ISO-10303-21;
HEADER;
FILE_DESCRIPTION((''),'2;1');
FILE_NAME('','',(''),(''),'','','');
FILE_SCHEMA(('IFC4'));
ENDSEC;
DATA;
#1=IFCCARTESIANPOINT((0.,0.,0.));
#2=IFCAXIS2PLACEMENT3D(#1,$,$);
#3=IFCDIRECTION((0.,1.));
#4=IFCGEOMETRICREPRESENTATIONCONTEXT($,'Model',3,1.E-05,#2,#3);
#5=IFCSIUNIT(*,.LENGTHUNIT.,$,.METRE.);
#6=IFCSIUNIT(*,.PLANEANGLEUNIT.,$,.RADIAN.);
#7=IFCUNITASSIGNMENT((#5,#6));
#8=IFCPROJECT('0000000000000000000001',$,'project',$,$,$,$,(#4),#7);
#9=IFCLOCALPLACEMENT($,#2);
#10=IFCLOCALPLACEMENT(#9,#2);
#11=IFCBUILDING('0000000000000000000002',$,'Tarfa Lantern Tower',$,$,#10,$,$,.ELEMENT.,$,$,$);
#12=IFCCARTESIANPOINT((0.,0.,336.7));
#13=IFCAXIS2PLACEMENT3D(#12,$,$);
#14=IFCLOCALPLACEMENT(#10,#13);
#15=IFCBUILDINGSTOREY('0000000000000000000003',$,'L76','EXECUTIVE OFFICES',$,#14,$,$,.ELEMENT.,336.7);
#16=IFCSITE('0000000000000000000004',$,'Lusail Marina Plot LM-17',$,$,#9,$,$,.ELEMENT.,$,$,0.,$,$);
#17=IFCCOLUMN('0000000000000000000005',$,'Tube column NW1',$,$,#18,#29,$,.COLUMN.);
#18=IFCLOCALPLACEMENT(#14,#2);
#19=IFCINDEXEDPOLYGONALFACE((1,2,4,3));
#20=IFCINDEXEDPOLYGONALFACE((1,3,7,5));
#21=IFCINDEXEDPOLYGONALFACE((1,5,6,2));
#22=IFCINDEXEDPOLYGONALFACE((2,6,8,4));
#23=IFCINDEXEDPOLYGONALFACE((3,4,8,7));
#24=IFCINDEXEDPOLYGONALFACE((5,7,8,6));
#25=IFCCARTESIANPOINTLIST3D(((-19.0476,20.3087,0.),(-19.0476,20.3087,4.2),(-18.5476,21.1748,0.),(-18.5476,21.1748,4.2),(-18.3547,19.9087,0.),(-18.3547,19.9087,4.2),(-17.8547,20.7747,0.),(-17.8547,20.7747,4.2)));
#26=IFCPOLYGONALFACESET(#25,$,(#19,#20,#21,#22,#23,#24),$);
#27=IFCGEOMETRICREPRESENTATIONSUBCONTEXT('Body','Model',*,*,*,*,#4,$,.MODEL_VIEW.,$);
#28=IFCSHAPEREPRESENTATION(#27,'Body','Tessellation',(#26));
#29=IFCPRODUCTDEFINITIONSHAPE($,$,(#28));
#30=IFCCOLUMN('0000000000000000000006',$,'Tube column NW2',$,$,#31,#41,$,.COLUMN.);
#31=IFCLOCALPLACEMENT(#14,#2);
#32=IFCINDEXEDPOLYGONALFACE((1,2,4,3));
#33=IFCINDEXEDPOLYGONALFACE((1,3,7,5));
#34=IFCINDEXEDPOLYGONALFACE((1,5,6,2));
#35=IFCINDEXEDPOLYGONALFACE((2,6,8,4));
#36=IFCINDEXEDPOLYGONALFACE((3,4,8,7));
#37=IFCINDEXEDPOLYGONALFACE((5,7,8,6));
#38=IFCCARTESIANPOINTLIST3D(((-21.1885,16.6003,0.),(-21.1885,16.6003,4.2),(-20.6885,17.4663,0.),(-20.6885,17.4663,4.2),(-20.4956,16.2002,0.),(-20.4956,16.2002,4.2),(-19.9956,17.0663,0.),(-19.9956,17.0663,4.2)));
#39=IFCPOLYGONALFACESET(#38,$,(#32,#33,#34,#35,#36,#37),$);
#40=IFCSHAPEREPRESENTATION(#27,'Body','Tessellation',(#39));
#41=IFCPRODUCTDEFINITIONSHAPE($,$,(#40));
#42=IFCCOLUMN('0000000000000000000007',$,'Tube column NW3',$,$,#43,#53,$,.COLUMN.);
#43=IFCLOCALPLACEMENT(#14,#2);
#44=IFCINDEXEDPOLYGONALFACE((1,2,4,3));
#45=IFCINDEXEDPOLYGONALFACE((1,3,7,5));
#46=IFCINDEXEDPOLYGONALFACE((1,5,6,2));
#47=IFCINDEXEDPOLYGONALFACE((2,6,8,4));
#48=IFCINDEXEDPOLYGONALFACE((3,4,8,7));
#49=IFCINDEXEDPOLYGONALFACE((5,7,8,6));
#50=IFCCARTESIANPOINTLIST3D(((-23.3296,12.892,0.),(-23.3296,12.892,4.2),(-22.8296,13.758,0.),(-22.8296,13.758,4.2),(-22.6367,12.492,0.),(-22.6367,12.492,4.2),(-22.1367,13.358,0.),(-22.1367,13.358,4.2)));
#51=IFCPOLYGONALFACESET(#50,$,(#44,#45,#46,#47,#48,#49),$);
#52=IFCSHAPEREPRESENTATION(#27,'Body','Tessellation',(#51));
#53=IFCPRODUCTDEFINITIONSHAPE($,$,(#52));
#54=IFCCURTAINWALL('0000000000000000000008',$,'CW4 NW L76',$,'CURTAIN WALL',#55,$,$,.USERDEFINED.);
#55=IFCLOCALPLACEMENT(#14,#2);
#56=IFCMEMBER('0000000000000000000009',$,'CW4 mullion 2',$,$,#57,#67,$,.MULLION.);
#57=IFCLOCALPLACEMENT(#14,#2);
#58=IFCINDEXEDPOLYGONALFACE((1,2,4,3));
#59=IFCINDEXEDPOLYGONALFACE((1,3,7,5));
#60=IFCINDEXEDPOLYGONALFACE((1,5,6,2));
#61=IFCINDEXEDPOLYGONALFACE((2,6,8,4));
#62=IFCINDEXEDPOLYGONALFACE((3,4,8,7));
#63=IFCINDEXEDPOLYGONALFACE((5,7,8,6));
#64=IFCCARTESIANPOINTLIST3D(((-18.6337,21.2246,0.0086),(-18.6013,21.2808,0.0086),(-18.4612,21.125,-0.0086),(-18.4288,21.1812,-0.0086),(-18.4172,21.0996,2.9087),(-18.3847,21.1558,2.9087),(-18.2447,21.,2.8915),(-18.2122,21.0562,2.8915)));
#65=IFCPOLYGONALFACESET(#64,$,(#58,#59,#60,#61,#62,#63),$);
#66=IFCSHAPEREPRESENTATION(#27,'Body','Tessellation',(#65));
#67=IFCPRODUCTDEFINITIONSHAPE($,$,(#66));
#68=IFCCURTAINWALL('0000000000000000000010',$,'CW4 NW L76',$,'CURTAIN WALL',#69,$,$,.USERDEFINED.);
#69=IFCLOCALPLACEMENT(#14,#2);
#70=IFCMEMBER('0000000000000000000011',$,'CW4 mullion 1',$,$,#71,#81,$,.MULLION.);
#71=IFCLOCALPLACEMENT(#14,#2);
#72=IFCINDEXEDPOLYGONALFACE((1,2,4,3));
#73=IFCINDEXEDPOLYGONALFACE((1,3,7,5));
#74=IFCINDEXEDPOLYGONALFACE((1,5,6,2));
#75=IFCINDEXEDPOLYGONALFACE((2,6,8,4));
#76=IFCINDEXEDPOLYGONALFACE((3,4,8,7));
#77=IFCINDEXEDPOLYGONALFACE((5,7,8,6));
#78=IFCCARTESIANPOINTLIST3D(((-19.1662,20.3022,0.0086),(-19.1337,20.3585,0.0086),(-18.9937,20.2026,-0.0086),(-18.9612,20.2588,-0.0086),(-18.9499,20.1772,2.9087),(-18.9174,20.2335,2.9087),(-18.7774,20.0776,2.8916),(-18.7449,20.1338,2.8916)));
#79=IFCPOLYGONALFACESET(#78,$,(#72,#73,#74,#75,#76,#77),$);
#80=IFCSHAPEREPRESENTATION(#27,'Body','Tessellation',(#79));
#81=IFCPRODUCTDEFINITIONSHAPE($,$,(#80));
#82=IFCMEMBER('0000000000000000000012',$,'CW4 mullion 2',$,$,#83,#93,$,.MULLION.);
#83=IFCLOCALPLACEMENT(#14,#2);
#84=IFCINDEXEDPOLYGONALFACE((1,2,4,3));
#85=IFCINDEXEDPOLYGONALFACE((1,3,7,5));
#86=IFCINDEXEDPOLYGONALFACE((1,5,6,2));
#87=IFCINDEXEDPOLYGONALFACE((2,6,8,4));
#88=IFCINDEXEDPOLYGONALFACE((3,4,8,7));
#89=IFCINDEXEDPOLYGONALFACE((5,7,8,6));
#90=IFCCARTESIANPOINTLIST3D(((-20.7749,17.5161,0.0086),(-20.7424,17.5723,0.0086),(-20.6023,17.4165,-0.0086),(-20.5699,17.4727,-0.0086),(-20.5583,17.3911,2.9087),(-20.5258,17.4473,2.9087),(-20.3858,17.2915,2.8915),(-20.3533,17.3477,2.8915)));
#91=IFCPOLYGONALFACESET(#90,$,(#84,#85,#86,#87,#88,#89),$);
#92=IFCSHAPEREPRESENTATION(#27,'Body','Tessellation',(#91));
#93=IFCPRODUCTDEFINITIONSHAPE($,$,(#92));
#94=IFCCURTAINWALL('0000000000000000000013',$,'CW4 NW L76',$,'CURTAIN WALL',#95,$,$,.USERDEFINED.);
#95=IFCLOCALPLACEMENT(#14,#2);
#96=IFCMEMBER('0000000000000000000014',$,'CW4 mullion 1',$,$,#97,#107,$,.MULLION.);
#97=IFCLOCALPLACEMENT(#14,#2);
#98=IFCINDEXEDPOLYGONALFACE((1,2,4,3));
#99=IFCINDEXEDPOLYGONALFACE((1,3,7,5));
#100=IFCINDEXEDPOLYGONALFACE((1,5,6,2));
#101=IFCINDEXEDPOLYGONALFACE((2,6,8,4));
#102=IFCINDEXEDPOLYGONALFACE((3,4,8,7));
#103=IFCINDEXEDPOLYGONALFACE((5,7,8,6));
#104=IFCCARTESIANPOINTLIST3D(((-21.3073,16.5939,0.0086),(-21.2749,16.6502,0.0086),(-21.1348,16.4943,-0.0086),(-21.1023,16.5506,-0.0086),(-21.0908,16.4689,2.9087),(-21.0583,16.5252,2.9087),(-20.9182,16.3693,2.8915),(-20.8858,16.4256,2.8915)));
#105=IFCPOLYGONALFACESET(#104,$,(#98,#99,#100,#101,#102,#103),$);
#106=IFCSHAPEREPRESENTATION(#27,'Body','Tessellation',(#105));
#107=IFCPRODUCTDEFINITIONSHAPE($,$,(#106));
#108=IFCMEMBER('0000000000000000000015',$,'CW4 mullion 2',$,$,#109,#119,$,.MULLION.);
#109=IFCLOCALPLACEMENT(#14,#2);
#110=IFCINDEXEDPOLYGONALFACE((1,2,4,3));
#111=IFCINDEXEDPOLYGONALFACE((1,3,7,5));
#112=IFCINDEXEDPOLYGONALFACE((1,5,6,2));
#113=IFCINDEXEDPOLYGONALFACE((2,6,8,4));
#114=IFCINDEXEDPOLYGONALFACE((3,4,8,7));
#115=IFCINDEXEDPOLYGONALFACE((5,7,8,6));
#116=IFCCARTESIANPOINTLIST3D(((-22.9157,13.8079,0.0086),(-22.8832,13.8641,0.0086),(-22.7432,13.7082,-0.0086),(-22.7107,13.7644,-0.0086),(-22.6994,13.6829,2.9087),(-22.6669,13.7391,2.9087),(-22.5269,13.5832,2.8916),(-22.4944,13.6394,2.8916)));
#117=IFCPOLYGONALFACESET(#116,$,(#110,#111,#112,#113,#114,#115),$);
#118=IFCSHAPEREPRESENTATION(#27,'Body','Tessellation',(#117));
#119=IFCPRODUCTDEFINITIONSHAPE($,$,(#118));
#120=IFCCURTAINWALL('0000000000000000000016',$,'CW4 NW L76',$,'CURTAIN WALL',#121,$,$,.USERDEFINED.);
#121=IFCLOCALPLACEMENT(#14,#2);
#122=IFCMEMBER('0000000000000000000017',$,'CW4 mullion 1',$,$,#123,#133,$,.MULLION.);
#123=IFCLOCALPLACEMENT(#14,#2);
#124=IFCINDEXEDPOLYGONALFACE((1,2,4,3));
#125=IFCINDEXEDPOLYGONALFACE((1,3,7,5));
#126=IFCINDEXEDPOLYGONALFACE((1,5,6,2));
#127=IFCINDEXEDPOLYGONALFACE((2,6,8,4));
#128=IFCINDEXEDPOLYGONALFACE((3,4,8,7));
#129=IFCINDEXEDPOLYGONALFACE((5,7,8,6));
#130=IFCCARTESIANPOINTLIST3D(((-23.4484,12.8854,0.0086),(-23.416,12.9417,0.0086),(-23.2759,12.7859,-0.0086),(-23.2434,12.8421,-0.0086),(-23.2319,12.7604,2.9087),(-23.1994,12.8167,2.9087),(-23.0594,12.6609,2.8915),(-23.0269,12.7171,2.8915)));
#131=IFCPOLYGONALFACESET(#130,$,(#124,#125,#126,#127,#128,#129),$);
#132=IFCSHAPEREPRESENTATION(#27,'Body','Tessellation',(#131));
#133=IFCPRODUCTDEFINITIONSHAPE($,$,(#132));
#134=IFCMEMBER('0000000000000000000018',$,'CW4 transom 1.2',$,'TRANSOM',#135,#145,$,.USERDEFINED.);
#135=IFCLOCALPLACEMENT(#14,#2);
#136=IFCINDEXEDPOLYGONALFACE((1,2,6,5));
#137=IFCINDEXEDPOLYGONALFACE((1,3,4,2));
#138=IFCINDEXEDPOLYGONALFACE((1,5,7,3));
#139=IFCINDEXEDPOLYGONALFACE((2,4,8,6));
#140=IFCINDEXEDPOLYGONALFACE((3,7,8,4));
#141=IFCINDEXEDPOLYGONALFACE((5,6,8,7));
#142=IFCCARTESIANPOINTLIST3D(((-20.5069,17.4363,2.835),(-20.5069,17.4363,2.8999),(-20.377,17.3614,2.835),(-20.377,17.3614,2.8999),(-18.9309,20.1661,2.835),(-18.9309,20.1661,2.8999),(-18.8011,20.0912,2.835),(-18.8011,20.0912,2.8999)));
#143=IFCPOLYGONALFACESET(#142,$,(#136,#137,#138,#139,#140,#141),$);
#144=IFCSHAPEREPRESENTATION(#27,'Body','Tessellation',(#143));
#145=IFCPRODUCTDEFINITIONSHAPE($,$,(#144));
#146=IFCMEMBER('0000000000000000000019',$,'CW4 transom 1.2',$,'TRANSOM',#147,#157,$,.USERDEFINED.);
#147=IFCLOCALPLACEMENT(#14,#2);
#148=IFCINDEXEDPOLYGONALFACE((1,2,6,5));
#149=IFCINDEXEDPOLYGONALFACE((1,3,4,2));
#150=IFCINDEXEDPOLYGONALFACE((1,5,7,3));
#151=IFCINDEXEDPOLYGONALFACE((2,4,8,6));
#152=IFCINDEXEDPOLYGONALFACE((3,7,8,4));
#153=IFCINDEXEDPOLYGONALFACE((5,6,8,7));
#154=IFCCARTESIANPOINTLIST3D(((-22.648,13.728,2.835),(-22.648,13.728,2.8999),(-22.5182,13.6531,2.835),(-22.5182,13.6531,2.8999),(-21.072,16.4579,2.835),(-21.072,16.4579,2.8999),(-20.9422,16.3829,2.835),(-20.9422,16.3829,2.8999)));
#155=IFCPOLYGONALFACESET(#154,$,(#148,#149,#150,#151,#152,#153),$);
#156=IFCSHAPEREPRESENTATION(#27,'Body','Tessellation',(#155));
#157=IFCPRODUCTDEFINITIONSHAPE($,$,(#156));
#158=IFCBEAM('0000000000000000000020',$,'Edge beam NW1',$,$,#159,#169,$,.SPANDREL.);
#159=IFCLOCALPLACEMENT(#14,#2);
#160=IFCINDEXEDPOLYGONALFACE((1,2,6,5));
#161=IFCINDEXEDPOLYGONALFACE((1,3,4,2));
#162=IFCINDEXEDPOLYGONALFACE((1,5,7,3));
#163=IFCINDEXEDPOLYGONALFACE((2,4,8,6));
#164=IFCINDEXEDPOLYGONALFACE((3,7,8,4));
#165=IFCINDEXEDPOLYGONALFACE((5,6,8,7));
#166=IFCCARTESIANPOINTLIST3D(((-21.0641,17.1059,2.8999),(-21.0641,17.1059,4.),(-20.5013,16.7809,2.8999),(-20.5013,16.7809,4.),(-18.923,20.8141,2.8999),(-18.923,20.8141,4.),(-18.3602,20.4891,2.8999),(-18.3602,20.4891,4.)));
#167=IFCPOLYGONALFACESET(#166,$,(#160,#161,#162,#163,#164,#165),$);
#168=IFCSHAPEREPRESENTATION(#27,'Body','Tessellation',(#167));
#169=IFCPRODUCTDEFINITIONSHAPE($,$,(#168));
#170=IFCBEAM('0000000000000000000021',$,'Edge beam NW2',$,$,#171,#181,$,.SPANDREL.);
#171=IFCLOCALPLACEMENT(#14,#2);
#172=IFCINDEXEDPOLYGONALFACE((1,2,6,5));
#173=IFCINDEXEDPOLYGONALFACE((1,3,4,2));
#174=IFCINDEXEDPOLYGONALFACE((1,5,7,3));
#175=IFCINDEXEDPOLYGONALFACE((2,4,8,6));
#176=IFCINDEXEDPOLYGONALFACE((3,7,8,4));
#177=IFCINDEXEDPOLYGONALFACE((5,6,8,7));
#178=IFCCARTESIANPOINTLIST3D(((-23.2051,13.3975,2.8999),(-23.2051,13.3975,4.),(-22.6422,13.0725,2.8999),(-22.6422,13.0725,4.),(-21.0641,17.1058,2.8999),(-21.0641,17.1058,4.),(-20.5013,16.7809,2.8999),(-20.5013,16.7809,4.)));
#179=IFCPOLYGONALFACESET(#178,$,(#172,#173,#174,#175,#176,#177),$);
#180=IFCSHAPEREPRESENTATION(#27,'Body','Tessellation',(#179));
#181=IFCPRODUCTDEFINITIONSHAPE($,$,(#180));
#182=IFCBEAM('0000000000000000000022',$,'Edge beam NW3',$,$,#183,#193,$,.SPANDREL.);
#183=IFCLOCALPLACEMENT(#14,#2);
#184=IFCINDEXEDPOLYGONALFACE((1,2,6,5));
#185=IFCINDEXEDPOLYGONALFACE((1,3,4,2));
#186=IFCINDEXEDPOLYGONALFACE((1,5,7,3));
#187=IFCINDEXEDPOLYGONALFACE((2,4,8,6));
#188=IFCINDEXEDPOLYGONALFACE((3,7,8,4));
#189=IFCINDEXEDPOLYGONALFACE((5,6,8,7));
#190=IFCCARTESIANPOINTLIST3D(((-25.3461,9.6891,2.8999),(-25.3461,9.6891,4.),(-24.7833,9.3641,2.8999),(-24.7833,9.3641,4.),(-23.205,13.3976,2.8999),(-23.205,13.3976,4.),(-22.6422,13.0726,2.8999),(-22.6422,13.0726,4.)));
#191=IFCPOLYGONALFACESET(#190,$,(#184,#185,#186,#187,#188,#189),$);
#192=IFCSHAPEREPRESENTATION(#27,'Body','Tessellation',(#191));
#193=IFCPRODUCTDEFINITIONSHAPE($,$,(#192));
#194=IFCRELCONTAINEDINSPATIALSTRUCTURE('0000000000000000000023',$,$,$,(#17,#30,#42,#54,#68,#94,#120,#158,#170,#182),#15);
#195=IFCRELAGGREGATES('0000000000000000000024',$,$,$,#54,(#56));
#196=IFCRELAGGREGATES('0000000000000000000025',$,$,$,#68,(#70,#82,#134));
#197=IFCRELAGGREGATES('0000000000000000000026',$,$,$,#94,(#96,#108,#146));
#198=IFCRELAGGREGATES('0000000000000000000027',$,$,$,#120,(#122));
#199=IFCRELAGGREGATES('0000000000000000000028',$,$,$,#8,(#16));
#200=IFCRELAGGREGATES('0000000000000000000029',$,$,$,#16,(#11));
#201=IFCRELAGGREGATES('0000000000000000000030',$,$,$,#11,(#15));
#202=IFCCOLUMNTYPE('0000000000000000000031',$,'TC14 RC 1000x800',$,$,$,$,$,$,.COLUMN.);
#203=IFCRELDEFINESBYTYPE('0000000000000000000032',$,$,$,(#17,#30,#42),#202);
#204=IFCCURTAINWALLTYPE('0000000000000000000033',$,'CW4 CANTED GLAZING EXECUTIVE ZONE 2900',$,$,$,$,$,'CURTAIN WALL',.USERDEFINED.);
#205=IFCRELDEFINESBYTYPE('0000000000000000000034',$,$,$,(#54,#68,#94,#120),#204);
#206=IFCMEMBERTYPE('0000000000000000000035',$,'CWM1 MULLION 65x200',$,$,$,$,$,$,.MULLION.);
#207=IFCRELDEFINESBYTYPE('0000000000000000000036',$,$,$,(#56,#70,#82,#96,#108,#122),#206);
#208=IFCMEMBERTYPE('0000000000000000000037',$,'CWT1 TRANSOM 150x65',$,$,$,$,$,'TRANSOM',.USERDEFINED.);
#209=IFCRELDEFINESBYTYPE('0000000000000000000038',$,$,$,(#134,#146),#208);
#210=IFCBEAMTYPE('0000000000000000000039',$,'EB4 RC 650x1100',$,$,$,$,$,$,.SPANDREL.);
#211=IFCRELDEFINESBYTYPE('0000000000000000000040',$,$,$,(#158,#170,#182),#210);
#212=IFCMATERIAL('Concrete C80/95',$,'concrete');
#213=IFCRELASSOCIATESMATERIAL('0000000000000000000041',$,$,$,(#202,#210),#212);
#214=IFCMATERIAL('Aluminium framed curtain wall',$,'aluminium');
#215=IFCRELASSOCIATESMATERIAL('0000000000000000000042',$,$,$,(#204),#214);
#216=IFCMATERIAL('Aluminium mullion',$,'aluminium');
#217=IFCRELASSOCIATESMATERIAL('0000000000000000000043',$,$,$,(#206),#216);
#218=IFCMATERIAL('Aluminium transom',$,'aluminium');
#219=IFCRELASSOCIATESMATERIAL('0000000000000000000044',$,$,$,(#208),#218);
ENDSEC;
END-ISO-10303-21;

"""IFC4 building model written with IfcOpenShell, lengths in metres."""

from ifc_helpers import new_model, si_unit, direction, frame, origin, origin_2d, place, context, subcontext, project, spatial, rectangle, extrude, material, material_profile, profile_set, type_object, element, aggregate, save


model = new_model("IFC4")

# Units and contexts
model_context = context("Model", 3, precision=1e-05, world=origin(), true_north=direction((0.0, 1.0)))
body_context = subcontext(model_context, "Body", "Model", "MODEL_VIEW")
ifc_project = project(units=[si_unit("LENGTHUNIT", "METRE"), si_unit("PLANEANGLEUNIT", "RADIAN")], contexts=[model_context])

# Site, building, storey
site_placement = place(None, origin())
site = spatial("IfcSite", under=ifc_project, at=site_placement, Name="Lusail Marina Plot LM-17", CompositionType="ELEMENT", RefElevation=0.0)
building_placement = place(site_placement, origin())
building = spatial("IfcBuilding", under=site, at=building_placement, Name="Tarfa Lantern Tower", CompositionType="ELEMENT")
storey_placement = place(building_placement, frame((0.0, 0.0, 336.7)))
storey = spatial("IfcBuildingStorey", under=building, at=storey_placement, Name="L76", Description="EXECUTIVE OFFICES", CompositionType="ELEMENT", Elevation=336.7)

# Columns
ifc_material_1 = material(Name="Concrete C80/95", Category="concrete")
ifc_material_profile_1 = material_profile(ifc_material_1, rectangle(XDim=1.0, YDim=0.8, at=origin_2d()), Name="RC 1000x800")
ifc_profile_set_1 = profile_set([ifc_material_profile_1], Name="Concrete C80/95")
column_type = type_object("IfcColumnType", Name="TC14 RC 1000x800", PredefinedType="COLUMN", material=ifc_profile_set_1)
for number, where, z_axis, x_axis, name in (
    (1, (-18.4512, 20.5417, 0.0), (0.0, 0.0, 1.0), (-0.5, -0.866025, 0.0), "Tube column NW1"),
    (2, (-20.592, 16.8333, 0.0), (0.0, 0.0, 1.0), (-0.5, -0.866025, 0.0), "Tube column NW2"),
    (3, (-22.7332, 13.125, 0.0), (0.0, 0.0, 1.0), (-0.5, -0.866025, 0.0), "Tube column NW3"),
):
    element("IfcColumn", number, at=place(storey_placement, frame(where, z_axis=z_axis, x_axis=x_axis)), inside=storey, type_object=column_type, Name=name, PredefinedType="COLUMN", context=body_context, shape_type="SweptSolid", body=[
        extrude(rectangle(XDim=1.0, YDim=0.8, at=origin_2d()), origin(), (0.0, 0.0, 1.0), 4.2),
    ])

# Curtain wall, member
ifc_material_2 = material(Name="Aluminium framed curtain wall", Category="aluminium")
curtain_wall_type = type_object("IfcCurtainWallType", Name="CW4 CANTED GLAZING EXECUTIVE ZONE 2900", ElementType="CURTAIN WALL", PredefinedType="USERDEFINED", material=ifc_material_2)
curtain_wall_1_placement = place(storey_placement, origin())
curtain_wall_1 = element("IfcCurtainWall", 4, at=curtain_wall_1_placement, inside=storey, type_object=curtain_wall_type, Name="CW4 NW L76", ObjectType="CURTAIN WALL", PredefinedType="USERDEFINED")
ifc_material_3 = material(Name="Aluminium mullion", Category="aluminium")
ifc_material_profile_2 = material_profile(ifc_material_3, rectangle(XDim=0.0649, YDim=0.2, at=origin_2d()), Name="AL MULLION 65x200")
ifc_profile_set_2 = profile_set([ifc_material_profile_2], Name="Aluminium mullion")
member_type_1 = type_object("IfcMemberType", Name="CWM1 MULLION 65x200", PredefinedType="MULLION", material=ifc_profile_set_2)
member_1_placement = place(storey_placement, frame((-18.5312, 21.2029, 0.0), z_axis=(0.074394, -0.042942, 0.996304), x_axis=(0.49992, 0.866072, 0.0)))
member_1 = element("IfcMember", 5, at=member_1_placement, type_object=member_type_1, Name="CW4 mullion 2", PredefinedType="MULLION", context=body_context, shape_type="SweptSolid", body=[
    extrude(rectangle(XDim=0.0649, YDim=0.2, at=origin_2d()), origin(), (0.0, 0.0, 1.0), 2.9109),
])
aggregate(curtain_wall_1, [member_1])

# Curtain walls, members
curtain_wall_2_placement = place(storey_placement, origin())
curtain_wall_2 = element("IfcCurtainWall", 6, at=curtain_wall_2_placement, inside=storey, type_object=curtain_wall_type, Name="CW4 NW L76", ObjectType="CURTAIN WALL", PredefinedType="USERDEFINED")
member_2_placement = place(storey_placement, frame((-19.0637, 20.2805, 0.0), z_axis=(0.07431, -0.042942, 0.99631), x_axis=(0.500343, 0.865827, 0.0)))
member_2 = element("IfcMember", 7, at=member_2_placement, type_object=member_type_1, Name="CW4 mullion 1", PredefinedType="MULLION", context=body_context, shape_type="SweptSolid", body=[
    extrude(rectangle(XDim=0.0649, YDim=0.2, at=origin_2d()), origin(), (0.0, 0.0, 1.0), 2.9109),
])
member_3_placement = place(storey_placement, frame((-20.6724, 17.4944, 0.0), z_axis=(0.074394, -0.042942, 0.996304), x_axis=(0.49992, 0.866072, 0.0)))
member_3 = element("IfcMember", 8, at=member_3_placement, type_object=member_type_1, Name="CW4 mullion 2", PredefinedType="MULLION", context=body_context, shape_type="SweptSolid", body=[
    extrude(rectangle(XDim=0.0649, YDim=0.2, at=origin_2d()), origin(), (0.0, 0.0, 1.0), 2.9109),
])
curtain_wall_3_placement = place(storey_placement, origin())
curtain_wall_3 = element("IfcCurtainWall", 9, at=curtain_wall_3_placement, inside=storey, type_object=curtain_wall_type, Name="CW4 NW L76", ObjectType="CURTAIN WALL", PredefinedType="USERDEFINED")
member_4_placement = place(storey_placement, frame((-21.2048, 16.5723, 0.0), z_axis=(0.074394, -0.042942, 0.996304), x_axis=(0.49992, 0.866072, 0.0)))
member_4 = element("IfcMember", 10, at=member_4_placement, type_object=member_type_1, Name="CW4 mullion 1", PredefinedType="MULLION", context=body_context, shape_type="SweptSolid", body=[
    extrude(rectangle(XDim=0.0649, YDim=0.2, at=origin_2d()), origin(), (0.0, 0.0, 1.0), 2.9109),
])
member_5_placement = place(storey_placement, frame((-22.8132, 13.7861, 0.0), z_axis=(0.07431, -0.042942, 0.99631), x_axis=(0.500343, 0.865827, 0.0)))
member_5 = element("IfcMember", 11, at=member_5_placement, type_object=member_type_1, Name="CW4 mullion 2", PredefinedType="MULLION", context=body_context, shape_type="SweptSolid", body=[
    extrude(rectangle(XDim=0.0649, YDim=0.2, at=origin_2d()), origin(), (0.0, 0.0, 1.0), 2.9109),
])

# Curtain wall, member
curtain_wall_4_placement = place(storey_placement, origin())
curtain_wall_4 = element("IfcCurtainWall", 12, at=curtain_wall_4_placement, inside=storey, type_object=curtain_wall_type, Name="CW4 NW L76", ObjectType="CURTAIN WALL", PredefinedType="USERDEFINED")
member_6_placement = place(storey_placement, frame((-23.3459, 12.8638, 0.0), z_axis=(0.074394, -0.042942, 0.996304), x_axis=(0.49992, 0.866072, 0.0)))
member_6 = element("IfcMember", 13, at=member_6_placement, type_object=member_type_1, Name="CW4 mullion 1", PredefinedType="MULLION", context=body_context, shape_type="SweptSolid", body=[
    extrude(rectangle(XDim=0.0649, YDim=0.2, at=origin_2d()), origin(), (0.0, 0.0, 1.0), 2.9109),
])

# Members
ifc_material_4 = material(Name="Aluminium transom", Category="aluminium")
ifc_material_profile_3 = material_profile(ifc_material_4, rectangle(XDim=0.1499, YDim=0.0649, at=origin_2d()), Name="AL TRANSOM 150x65")
ifc_profile_set_3 = profile_set([ifc_material_profile_3], Name="Aluminium transom")
member_type_2 = type_object("IfcMemberType", Name="CWT1 TRANSOM 150x65", ElementType="TRANSOM", PredefinedType="USERDEFINED", material=ifc_profile_set_3)
member_7_placement = place(storey_placement, frame((-18.866, 20.1287, 2.8674), z_axis=(-0.499979, -0.866037, 0.0), x_axis=(0.866037, -0.499979, 0.0)))
member_7 = element("IfcMember", 14, at=member_7_placement, type_object=member_type_2, Name="CW4 transom 1.2", ObjectType="TRANSOM", PredefinedType="USERDEFINED", context=body_context, shape_type="SweptSolid", body=[
    extrude(rectangle(XDim=0.1499, YDim=0.0649, at=origin_2d()), origin(), (0.0, 0.0, 1.0), 3.1521),
])
member_8_placement = place(storey_placement, frame((-21.0071, 16.4204, 2.8674), z_axis=(-0.499979, -0.866037, 0.0), x_axis=(0.866037, -0.499979, 0.0)))
member_8 = element("IfcMember", 15, at=member_8_placement, type_object=member_type_2, Name="CW4 transom 1.2", ObjectType="TRANSOM", PredefinedType="USERDEFINED", context=body_context, shape_type="SweptSolid", body=[
    extrude(rectangle(XDim=0.1499, YDim=0.0649, at=origin_2d()), origin(), (0.0, 0.0, 1.0), 3.1521),
])

# Beams
ifc_material_profile_4 = material_profile(ifc_material_1, rectangle(XDim=0.6499, YDim=1.1001, at=origin_2d()), Name="RC 650x1100")
ifc_profile_set_4 = profile_set([ifc_material_profile_4], Name="Concrete C80/95")
beam_type_1 = type_object("IfcBeamType", Name="EB4 RC 650x1100", PredefinedType="SPANDREL", material=ifc_profile_set_4)
for number, where, z_axis, x_axis, name in (
    (16, (-18.6416, 20.6516, 3.45), (-0.500027, -0.86601, 0.0), (0.86601, -0.500027, 0.0), "Edge beam NW1"),
    (17, (-20.7827, 16.9434, 3.45), (-0.499984, -0.866035, 0.0), (0.866035, -0.499984, 0.0), "Edge beam NW2"),
):
    element("IfcBeam", number, at=place(storey_placement, frame(where, z_axis=z_axis, x_axis=x_axis)), inside=storey, type_object=beam_type_1, Name=name, PredefinedType="SPANDREL", context=body_context, shape_type="SweptSolid", body=[
        extrude(rectangle(XDim=0.6499, YDim=1.1001, at=origin_2d()), origin(), (0.0, 0.0, 1.0), 4.282),
    ])
beam_1_placement = place(storey_placement, frame((-22.9236, 13.2351, 3.45), z_axis=(-0.500002, -0.866024, 0.0), x_axis=(0.866024, -0.500002, 0.0)))
element("IfcBeam", 18, at=beam_1_placement, inside=storey, type_object=beam_type_1, Name="Edge beam NW3", PredefinedType="SPANDREL", context=body_context, shape_type="SweptSolid", body=[
    extrude(rectangle(XDim=0.6499, YDim=1.1001, at=origin_2d()), origin(), (0.0, 0.0, 1.0), 4.2822),
])

aggregate(curtain_wall_2, [member_2, member_3, member_7])
aggregate(curtain_wall_3, [member_4, member_5, member_8])
aggregate(curtain_wall_4, [member_6])

save(model, "model.ifc")
